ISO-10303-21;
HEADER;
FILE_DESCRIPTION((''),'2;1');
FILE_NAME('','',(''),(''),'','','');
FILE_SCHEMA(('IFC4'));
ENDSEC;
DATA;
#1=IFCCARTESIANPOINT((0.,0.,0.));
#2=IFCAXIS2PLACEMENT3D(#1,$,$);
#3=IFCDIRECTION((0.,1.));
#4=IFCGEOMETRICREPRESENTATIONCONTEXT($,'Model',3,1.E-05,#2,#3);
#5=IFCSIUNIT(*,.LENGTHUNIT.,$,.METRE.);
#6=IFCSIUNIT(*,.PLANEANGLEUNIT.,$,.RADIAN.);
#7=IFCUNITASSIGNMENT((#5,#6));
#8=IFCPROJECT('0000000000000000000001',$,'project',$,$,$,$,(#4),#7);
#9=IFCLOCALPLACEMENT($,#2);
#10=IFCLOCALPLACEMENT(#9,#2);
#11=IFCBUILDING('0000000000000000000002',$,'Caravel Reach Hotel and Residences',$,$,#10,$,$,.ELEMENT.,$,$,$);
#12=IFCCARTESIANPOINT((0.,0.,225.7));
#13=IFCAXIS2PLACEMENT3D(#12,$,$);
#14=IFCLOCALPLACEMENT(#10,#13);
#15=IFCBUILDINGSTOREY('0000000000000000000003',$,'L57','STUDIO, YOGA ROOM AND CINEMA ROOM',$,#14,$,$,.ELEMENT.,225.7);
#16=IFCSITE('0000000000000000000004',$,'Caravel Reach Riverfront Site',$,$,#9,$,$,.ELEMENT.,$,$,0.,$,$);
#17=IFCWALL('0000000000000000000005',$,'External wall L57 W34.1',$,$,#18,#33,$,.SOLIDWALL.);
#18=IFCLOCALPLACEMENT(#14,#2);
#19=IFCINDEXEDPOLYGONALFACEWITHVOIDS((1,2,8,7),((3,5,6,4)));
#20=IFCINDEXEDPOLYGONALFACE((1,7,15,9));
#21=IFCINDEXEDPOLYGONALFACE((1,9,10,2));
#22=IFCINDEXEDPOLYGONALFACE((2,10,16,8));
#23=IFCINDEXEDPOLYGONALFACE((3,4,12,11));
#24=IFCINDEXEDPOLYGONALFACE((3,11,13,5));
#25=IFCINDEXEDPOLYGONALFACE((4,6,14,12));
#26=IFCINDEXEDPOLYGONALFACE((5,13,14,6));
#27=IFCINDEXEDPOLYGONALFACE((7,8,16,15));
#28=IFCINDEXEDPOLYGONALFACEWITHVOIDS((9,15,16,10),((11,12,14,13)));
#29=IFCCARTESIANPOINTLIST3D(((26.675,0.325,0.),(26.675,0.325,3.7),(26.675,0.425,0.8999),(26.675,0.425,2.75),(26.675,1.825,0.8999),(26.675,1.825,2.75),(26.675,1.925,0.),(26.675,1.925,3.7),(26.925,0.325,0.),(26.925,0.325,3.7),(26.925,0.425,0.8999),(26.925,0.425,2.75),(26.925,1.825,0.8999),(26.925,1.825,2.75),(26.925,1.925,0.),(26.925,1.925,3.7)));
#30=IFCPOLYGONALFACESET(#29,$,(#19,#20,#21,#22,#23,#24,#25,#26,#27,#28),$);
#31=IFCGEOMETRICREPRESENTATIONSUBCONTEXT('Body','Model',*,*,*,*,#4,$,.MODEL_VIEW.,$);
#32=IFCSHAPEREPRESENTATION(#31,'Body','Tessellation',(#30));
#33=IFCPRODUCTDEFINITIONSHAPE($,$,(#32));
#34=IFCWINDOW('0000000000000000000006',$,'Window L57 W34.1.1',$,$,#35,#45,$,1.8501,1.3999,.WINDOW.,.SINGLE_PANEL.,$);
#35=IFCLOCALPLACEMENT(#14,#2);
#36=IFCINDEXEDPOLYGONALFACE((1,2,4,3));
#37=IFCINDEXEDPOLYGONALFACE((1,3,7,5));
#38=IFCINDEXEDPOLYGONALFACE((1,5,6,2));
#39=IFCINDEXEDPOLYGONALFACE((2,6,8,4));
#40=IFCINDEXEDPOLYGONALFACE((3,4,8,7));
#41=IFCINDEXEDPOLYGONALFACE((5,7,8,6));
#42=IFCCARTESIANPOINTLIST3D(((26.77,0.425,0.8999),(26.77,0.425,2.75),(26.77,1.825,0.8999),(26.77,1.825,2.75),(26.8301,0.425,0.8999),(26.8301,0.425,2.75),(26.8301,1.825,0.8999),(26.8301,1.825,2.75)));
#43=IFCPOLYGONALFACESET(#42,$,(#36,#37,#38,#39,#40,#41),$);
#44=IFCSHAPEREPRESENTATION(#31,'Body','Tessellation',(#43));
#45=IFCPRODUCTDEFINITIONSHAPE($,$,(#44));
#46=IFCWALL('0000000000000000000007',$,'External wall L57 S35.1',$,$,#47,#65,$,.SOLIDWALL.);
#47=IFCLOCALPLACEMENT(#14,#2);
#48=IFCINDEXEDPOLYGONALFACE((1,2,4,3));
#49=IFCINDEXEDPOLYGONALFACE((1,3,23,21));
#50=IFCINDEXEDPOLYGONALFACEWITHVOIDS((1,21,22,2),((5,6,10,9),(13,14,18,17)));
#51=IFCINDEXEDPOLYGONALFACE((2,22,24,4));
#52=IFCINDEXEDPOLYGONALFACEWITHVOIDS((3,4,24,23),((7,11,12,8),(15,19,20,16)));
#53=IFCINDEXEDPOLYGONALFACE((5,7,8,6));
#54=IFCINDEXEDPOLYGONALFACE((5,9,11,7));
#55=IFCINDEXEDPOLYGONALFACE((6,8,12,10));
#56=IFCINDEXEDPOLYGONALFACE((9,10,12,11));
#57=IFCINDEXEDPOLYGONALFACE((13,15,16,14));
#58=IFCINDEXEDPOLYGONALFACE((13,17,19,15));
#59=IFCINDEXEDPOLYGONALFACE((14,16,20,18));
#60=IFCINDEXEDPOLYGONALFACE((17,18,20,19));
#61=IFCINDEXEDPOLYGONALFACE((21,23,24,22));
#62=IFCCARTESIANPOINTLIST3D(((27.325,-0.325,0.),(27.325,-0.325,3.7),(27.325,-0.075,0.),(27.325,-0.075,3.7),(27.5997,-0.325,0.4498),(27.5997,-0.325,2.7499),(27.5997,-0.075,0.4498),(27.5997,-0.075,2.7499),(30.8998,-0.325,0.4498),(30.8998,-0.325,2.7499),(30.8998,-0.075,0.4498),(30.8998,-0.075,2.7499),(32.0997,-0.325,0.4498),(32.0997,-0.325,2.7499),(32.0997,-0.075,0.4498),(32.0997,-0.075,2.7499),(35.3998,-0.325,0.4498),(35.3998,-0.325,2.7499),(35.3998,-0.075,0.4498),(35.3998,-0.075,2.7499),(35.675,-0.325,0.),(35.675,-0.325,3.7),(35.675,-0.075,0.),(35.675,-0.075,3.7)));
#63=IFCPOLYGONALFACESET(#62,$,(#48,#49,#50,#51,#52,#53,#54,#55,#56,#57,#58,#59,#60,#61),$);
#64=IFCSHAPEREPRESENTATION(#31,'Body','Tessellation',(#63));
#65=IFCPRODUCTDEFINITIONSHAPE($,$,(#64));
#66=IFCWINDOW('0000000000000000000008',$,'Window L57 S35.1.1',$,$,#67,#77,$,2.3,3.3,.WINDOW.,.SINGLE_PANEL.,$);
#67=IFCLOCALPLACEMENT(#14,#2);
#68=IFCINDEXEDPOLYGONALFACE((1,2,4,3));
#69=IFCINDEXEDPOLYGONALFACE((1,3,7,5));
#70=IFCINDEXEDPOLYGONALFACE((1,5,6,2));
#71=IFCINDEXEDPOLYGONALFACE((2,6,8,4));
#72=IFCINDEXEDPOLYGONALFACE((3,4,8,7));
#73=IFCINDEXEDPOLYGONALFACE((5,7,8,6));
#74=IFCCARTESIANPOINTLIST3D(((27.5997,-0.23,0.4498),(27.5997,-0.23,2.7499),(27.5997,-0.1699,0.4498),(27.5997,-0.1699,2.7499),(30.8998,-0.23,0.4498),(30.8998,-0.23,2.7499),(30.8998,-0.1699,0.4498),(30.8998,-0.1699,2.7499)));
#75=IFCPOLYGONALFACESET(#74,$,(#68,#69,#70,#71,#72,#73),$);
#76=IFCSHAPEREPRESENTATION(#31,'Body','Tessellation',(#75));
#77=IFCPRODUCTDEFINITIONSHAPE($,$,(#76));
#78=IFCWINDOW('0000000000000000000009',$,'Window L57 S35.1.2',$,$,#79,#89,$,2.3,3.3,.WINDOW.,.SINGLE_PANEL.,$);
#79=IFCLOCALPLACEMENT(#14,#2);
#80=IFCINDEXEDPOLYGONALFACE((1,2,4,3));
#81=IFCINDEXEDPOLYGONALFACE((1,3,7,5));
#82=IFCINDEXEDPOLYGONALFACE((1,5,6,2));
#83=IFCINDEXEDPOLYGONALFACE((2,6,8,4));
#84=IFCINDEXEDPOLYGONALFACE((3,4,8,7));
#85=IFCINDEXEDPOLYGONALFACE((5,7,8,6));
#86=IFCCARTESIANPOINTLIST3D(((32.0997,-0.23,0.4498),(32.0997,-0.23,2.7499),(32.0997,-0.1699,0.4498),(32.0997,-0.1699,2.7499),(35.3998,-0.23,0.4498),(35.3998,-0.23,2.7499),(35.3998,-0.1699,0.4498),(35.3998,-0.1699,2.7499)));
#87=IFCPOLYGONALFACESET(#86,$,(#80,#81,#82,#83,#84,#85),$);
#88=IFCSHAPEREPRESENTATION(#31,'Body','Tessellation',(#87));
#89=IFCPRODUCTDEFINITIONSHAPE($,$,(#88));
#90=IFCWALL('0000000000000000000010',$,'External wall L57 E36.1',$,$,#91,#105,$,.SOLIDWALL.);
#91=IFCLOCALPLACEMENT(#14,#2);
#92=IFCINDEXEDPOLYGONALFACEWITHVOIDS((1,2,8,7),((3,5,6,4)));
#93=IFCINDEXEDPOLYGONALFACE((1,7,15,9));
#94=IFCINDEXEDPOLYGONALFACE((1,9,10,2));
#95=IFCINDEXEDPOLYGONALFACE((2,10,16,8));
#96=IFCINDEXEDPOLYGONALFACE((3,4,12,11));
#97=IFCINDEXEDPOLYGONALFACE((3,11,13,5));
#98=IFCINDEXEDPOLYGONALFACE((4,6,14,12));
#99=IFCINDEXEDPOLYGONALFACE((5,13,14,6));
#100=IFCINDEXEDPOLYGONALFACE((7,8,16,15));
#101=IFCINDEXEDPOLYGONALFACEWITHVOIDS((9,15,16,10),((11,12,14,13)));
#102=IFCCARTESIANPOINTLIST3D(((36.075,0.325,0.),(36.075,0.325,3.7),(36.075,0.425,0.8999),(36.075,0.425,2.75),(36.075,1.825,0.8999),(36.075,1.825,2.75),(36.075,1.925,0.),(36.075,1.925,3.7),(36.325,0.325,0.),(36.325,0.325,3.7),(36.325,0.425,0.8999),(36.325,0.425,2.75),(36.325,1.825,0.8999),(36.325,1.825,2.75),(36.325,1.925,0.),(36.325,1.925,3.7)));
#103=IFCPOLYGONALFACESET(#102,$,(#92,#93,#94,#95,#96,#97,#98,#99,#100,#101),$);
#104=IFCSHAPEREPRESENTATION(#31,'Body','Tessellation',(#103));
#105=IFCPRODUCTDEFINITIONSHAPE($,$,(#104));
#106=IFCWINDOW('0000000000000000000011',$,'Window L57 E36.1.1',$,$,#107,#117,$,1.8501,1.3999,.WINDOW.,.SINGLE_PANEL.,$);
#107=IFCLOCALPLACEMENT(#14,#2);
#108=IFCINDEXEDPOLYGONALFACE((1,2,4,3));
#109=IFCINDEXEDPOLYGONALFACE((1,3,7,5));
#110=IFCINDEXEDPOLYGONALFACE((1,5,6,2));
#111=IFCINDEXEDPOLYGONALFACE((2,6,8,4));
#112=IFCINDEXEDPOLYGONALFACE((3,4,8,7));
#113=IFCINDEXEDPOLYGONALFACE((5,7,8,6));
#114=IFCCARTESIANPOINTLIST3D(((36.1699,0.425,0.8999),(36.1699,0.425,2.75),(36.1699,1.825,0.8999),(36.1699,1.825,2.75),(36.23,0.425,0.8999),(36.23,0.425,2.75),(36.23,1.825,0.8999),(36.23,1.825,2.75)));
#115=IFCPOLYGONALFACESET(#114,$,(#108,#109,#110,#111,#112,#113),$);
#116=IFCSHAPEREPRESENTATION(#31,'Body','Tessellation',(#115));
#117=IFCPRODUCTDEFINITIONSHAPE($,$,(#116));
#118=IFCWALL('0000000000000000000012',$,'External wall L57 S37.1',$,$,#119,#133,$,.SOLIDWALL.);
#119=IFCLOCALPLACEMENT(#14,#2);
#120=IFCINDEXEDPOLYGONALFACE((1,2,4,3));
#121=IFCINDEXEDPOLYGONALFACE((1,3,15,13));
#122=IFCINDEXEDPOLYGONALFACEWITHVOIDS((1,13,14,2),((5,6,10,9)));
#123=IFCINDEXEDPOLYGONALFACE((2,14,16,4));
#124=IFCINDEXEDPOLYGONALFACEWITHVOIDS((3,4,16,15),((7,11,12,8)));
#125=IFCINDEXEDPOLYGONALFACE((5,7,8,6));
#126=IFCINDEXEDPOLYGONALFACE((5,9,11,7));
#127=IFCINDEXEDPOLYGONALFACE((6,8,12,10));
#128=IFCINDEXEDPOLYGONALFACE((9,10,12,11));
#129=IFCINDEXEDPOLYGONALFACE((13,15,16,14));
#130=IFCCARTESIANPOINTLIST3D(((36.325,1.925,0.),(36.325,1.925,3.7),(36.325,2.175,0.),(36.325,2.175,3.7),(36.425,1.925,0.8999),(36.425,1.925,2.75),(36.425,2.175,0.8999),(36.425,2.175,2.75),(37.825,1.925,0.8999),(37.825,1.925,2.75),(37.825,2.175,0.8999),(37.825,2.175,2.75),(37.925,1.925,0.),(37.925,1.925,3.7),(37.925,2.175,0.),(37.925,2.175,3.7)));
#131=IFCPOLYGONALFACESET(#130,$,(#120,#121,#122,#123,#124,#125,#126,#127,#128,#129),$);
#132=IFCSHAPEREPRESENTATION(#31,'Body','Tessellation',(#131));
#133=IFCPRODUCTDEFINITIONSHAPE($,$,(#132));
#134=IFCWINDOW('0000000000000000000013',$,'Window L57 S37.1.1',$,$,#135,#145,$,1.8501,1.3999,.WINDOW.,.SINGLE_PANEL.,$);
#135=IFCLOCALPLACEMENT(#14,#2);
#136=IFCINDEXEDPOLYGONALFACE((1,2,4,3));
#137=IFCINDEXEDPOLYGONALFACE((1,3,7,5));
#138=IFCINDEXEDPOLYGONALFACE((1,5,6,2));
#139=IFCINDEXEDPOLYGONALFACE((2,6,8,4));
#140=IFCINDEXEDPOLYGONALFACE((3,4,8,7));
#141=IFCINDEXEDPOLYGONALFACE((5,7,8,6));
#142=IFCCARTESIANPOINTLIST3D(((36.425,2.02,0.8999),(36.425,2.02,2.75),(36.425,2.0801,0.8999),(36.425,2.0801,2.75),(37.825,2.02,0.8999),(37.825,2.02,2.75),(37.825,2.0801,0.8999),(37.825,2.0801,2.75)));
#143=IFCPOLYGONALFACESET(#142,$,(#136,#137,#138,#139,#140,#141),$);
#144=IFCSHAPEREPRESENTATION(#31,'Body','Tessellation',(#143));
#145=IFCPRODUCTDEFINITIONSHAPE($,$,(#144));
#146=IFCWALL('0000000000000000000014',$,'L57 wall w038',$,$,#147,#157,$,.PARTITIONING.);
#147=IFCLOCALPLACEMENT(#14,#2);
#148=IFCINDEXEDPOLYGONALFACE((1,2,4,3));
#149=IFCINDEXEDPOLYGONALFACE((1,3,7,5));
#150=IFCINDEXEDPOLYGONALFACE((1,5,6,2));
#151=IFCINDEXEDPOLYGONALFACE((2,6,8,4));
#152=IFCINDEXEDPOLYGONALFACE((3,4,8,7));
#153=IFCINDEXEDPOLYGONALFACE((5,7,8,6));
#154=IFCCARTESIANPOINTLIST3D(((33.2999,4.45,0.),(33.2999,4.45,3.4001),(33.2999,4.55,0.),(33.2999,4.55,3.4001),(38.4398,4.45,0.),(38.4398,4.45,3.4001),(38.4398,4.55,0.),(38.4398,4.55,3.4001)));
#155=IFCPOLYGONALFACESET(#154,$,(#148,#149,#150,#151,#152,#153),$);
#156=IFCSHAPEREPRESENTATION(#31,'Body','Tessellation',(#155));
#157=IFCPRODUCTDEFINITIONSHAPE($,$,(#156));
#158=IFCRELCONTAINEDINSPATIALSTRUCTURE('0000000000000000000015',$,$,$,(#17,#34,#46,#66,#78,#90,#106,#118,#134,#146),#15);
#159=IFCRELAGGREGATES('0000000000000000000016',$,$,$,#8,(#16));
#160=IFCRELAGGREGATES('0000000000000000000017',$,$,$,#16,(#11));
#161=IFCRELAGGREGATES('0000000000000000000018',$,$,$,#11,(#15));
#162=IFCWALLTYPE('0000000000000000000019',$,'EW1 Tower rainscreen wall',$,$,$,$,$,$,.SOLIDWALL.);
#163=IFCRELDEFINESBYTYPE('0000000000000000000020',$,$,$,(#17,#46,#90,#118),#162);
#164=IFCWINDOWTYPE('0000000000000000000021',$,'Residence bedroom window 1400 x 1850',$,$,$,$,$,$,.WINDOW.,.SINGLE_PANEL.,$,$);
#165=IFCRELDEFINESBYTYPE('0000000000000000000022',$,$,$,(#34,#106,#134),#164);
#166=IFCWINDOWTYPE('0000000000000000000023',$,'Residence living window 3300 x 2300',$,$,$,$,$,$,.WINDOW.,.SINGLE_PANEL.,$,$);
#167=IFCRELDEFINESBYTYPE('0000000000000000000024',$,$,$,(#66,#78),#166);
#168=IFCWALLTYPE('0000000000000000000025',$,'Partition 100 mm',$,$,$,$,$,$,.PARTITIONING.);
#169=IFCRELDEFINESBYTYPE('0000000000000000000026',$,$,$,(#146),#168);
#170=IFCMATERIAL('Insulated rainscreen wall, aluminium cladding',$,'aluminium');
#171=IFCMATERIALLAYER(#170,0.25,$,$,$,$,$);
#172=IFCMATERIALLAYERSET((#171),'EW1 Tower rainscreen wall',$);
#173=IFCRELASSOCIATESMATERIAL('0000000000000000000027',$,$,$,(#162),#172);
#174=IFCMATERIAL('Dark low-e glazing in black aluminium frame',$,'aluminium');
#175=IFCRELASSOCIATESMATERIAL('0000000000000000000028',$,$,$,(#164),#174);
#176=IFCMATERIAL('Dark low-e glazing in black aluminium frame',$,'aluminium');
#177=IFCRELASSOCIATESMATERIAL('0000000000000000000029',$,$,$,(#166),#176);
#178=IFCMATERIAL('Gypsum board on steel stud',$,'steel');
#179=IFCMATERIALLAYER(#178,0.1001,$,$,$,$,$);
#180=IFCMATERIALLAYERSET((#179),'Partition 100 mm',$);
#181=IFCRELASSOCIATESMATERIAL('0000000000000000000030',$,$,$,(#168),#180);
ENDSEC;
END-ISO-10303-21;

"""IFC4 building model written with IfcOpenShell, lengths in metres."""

from ifc_helpers import new_model, si_unit, direction, frame, frame_2d, origin, place, context, subcontext, project, spatial, rectangle, extrude, material, layer, layer_set, type_object, element, fill, save


model = new_model("IFC4")

# Units and contexts
model_context = context("Model", 3, precision=1e-05, world=origin(), true_north=direction((0.0, 1.0)))
body_context = subcontext(model_context, "Body", "Model", "MODEL_VIEW")
ifc_project = project(units=[si_unit("LENGTHUNIT", "METRE"), si_unit("PLANEANGLEUNIT", "RADIAN")], contexts=[model_context])

# Site, building, storey
site_placement = place(None, origin())
site = spatial("IfcSite", under=ifc_project, at=site_placement, Name="Caravel Reach Riverfront Site", CompositionType="ELEMENT", RefElevation=0.0)
building_placement = place(site_placement, origin())
building = spatial("IfcBuilding", under=site, at=building_placement, Name="Caravel Reach Hotel and Residences", CompositionType="ELEMENT")
storey_placement = place(building_placement, frame((0.0, 0.0, 225.7)))
storey = spatial("IfcBuildingStorey", under=building, at=storey_placement, Name="L57", Description="STUDIO, YOGA ROOM AND CINEMA ROOM", CompositionType="ELEMENT", Elevation=225.7)

# Wall, opening, window
ifc_material_1 = material(Name="Insulated rainscreen wall, aluminium cladding", Category="aluminium")
ifc_layer_1 = layer(ifc_material_1, 0.25)
ifc_layer_set_1 = layer_set([ifc_layer_1], Name="EW1 Tower rainscreen wall")
wall_type_1 = type_object("IfcWallType", Name="EW1 Tower rainscreen wall", PredefinedType="SOLIDWALL", material=ifc_layer_set_1)
wall_1_placement = place(storey_placement, frame((26.8, 1.925, 0.0), z_axis=(0.0, 0.0, 1.0), x_axis=(0.0, -1.0, 0.0)))
wall_1 = element("IfcWall", 1, at=wall_1_placement, inside=storey, type_object=wall_type_1, Name="External wall L57 W34.1", PredefinedType="SOLIDWALL", context=body_context, shape_type="SweptSolid", body=[
    extrude(rectangle(XDim=1.6001, YDim=0.25, at=frame_2d((0.8, 0.0))), origin(), (0.0, 0.0, 1.0), 3.7),
])
opening_1_placement = place(wall_1_placement, frame((0.1001, 0.0, 0.8999)))
opening_1 = element("IfcOpeningElement", 2, at=opening_1_placement, cuts=wall_1, PredefinedType="OPENING", context=body_context, shape_type="SweptSolid", body=[
    extrude(rectangle(XDim=1.3999, YDim=1.8501, at=frame_2d((0.7, 0.925))), frame((0.0, 0.135, 0.0), z_axis=(0.0, -1.0, 0.0), x_axis=(1.0, 0.0, 0.0)), (0.0, 0.0, 1.0), 0.27),
])
ifc_material_2 = material(Name="Dark low-e glazing in black aluminium frame", Category="aluminium")
window_type_1 = type_object("IfcWindowType", Name="Residence bedroom window 1400 x 1850", PartitioningType="SINGLE_PANEL", PredefinedType="WINDOW", material=ifc_material_2)
window_1_placement = place(opening_1_placement, origin())
window_1 = element("IfcWindow", 3, at=window_1_placement, inside=storey, type_object=window_type_1, Name="Window L57 W34.1.1", OverallHeight=1.8501, OverallWidth=1.3999, PartitioningType="SINGLE_PANEL", PredefinedType="WINDOW", context=body_context, shape_type="SweptSolid", body=[
    extrude(rectangle(XDim=1.3999, YDim=1.8501, at=frame_2d((0.7, 0.925))), frame((0.0, 0.03, 0.0), z_axis=(0.0, -1.0, 0.0), x_axis=(1.0, 0.0, 0.0)), (0.0, 0.0, 1.0), 0.0601),
])
fill(opening_1, window_1)

# Wall, openings, windows
wall_2_placement = place(storey_placement, frame((27.325, -0.2, 0.0), z_axis=(0.0, 0.0, 1.0), x_axis=(1.0, 0.0, 0.0)))
wall_2 = element("IfcWall", 4, at=wall_2_placement, inside=storey, type_object=wall_type_1, Name="External wall L57 S35.1", PredefinedType="SOLIDWALL", context=body_context, shape_type="SweptSolid", body=[
    extrude(rectangle(XDim=8.3501, YDim=0.25, at=frame_2d((4.175, 0.0))), origin(), (0.0, 0.0, 1.0), 3.7),
])
opening_2_placement = place(wall_2_placement, frame((0.2749, 0.0, 0.45)))
opening_2 = element("IfcOpeningElement", 5, at=opening_2_placement, cuts=wall_2, PredefinedType="OPENING", context=body_context, shape_type="SweptSolid", body=[
    extrude(rectangle(XDim=3.3, YDim=2.3, at=frame_2d((1.6499, 1.1499))), frame((0.0, 0.135, 0.0), z_axis=(0.0, -1.0, 0.0), x_axis=(1.0, 0.0, 0.0)), (0.0, 0.0, 1.0), 0.27),
])
opening_3_placement = place(wall_2_placement, frame((4.7749, 0.0, 0.45)))
opening_3 = element("IfcOpeningElement", 6, at=opening_3_placement, cuts=wall_2, PredefinedType="OPENING", context=body_context, shape_type="SweptSolid", body=[
    extrude(rectangle(XDim=3.3, YDim=2.3, at=frame_2d((1.6499, 1.1499))), frame((0.0, 0.135, 0.0), z_axis=(0.0, -1.0, 0.0), x_axis=(1.0, 0.0, 0.0)), (0.0, 0.0, 1.0), 0.27),
])
ifc_material_3 = material(Name="Dark low-e glazing in black aluminium frame", Category="aluminium")
window_type_2 = type_object("IfcWindowType", Name="Residence living window 3300 x 2300", PartitioningType="SINGLE_PANEL", PredefinedType="WINDOW", material=ifc_material_3)
window_2_placement = place(opening_2_placement, origin())
window_2 = element("IfcWindow", 7, at=window_2_placement, inside=storey, type_object=window_type_2, Name="Window L57 S35.1.1", OverallHeight=2.3, OverallWidth=3.3, PartitioningType="SINGLE_PANEL", PredefinedType="WINDOW", context=body_context, shape_type="SweptSolid", body=[
    extrude(rectangle(XDim=3.3, YDim=2.3, at=frame_2d((1.6499, 1.1499))), frame((0.0, 0.03, 0.0), z_axis=(0.0, -1.0, 0.0), x_axis=(1.0, 0.0, 0.0)), (0.0, 0.0, 1.0), 0.0601),
])
fill(opening_2, window_2)
window_3_placement = place(opening_3_placement, origin())
window_3 = element("IfcWindow", 8, at=window_3_placement, inside=storey, type_object=window_type_2, Name="Window L57 S35.1.2", OverallHeight=2.3, OverallWidth=3.3, PartitioningType="SINGLE_PANEL", PredefinedType="WINDOW", context=body_context, shape_type="SweptSolid", body=[
    extrude(rectangle(XDim=3.3, YDim=2.3, at=frame_2d((1.6499, 1.1499))), frame((0.0, 0.03, 0.0), z_axis=(0.0, -1.0, 0.0), x_axis=(1.0, 0.0, 0.0)), (0.0, 0.0, 1.0), 0.0601),
])
fill(opening_3, window_3)

# Walls, openings, windows
wall_3_placement = place(storey_placement, frame((36.2, 0.325, 0.0), z_axis=(0.0, 0.0, 1.0), x_axis=(0.0, 1.0, 0.0)))
wall_3 = element("IfcWall", 9, at=wall_3_placement, inside=storey, type_object=wall_type_1, Name="External wall L57 E36.1", PredefinedType="SOLIDWALL", context=body_context, shape_type="SweptSolid", body=[
    extrude(rectangle(XDim=1.6001, YDim=0.25, at=frame_2d((0.8, 0.0))), origin(), (0.0, 0.0, 1.0), 3.7),
])
opening_4_placement = place(wall_3_placement, frame((0.1001, 0.0, 0.8999)))
opening_4 = element("IfcOpeningElement", 10, at=opening_4_placement, cuts=wall_3, PredefinedType="OPENING", context=body_context, shape_type="SweptSolid", body=[
    extrude(rectangle(XDim=1.3999, YDim=1.8501, at=frame_2d((0.7, 0.925))), frame((0.0, 0.135, 0.0), z_axis=(0.0, -1.0, 0.0), x_axis=(1.0, 0.0, 0.0)), (0.0, 0.0, 1.0), 0.27),
])
window_4_placement = place(opening_4_placement, origin())
window_4 = element("IfcWindow", 11, at=window_4_placement, inside=storey, type_object=window_type_1, Name="Window L57 E36.1.1", OverallHeight=1.8501, OverallWidth=1.3999, PartitioningType="SINGLE_PANEL", PredefinedType="WINDOW", context=body_context, shape_type="SweptSolid", body=[
    extrude(rectangle(XDim=1.3999, YDim=1.8501, at=frame_2d((0.7, 0.925))), frame((0.0, 0.03, 0.0), z_axis=(0.0, -1.0, 0.0), x_axis=(1.0, 0.0, 0.0)), (0.0, 0.0, 1.0), 0.0601),
])
fill(opening_4, window_4)
wall_4_placement = place(storey_placement, frame((36.325, 2.05, 0.0), z_axis=(0.0, 0.0, 1.0), x_axis=(1.0, 0.0, 0.0)))
wall_4 = element("IfcWall", 12, at=wall_4_placement, inside=storey, type_object=wall_type_1, Name="External wall L57 S37.1", PredefinedType="SOLIDWALL", context=body_context, shape_type="SweptSolid", body=[
    extrude(rectangle(XDim=1.6001, YDim=0.25, at=frame_2d((0.8, 0.0))), origin(), (0.0, 0.0, 1.0), 3.7),
])
opening_5_placement = place(wall_4_placement, frame((0.1001, 0.0, 0.8999)))
opening_5 = element("IfcOpeningElement", 13, at=opening_5_placement, cuts=wall_4, PredefinedType="OPENING", context=body_context, shape_type="SweptSolid", body=[
    extrude(rectangle(XDim=1.3999, YDim=1.8501, at=frame_2d((0.7, 0.925))), frame((0.0, 0.135, 0.0), z_axis=(0.0, -1.0, 0.0), x_axis=(1.0, 0.0, 0.0)), (0.0, 0.0, 1.0), 0.27),
])
window_5_placement = place(opening_5_placement, origin())
window_5 = element("IfcWindow", 14, at=window_5_placement, inside=storey, type_object=window_type_1, Name="Window L57 S37.1.1", OverallHeight=1.8501, OverallWidth=1.3999, PartitioningType="SINGLE_PANEL", PredefinedType="WINDOW", context=body_context, shape_type="SweptSolid", body=[
    extrude(rectangle(XDim=1.3999, YDim=1.8501, at=frame_2d((0.7, 0.925))), frame((0.0, 0.03, 0.0), z_axis=(0.0, -1.0, 0.0), x_axis=(1.0, 0.0, 0.0)), (0.0, 0.0, 1.0), 0.0601),
])
fill(opening_5, window_5)

# Wall
ifc_material_4 = material(Name="Gypsum board on steel stud", Category="steel")
ifc_layer_2 = layer(ifc_material_4, 0.1001)
ifc_layer_set_2 = layer_set([ifc_layer_2], Name="Partition 100 mm")
wall_type_2 = type_object("IfcWallType", Name="Partition 100 mm", PredefinedType="PARTITIONING", material=ifc_layer_set_2)
wall_5_placement = place(storey_placement, frame((33.3, 4.5, 0.0), z_axis=(0.0, 0.0, 1.0), x_axis=(1.0, 0.0, 0.0)))
element("IfcWall", 15, at=wall_5_placement, inside=storey, type_object=wall_type_2, Name="L57 wall w038", PredefinedType="PARTITIONING", context=body_context, shape_type="SweptSolid", body=[
    extrude(rectangle(XDim=5.1399, YDim=0.1001, at=frame_2d((2.5698, 0.0))), origin(), (0.0, 0.0, 1.0), 3.4001),
])

save(model, "model.ifc")
